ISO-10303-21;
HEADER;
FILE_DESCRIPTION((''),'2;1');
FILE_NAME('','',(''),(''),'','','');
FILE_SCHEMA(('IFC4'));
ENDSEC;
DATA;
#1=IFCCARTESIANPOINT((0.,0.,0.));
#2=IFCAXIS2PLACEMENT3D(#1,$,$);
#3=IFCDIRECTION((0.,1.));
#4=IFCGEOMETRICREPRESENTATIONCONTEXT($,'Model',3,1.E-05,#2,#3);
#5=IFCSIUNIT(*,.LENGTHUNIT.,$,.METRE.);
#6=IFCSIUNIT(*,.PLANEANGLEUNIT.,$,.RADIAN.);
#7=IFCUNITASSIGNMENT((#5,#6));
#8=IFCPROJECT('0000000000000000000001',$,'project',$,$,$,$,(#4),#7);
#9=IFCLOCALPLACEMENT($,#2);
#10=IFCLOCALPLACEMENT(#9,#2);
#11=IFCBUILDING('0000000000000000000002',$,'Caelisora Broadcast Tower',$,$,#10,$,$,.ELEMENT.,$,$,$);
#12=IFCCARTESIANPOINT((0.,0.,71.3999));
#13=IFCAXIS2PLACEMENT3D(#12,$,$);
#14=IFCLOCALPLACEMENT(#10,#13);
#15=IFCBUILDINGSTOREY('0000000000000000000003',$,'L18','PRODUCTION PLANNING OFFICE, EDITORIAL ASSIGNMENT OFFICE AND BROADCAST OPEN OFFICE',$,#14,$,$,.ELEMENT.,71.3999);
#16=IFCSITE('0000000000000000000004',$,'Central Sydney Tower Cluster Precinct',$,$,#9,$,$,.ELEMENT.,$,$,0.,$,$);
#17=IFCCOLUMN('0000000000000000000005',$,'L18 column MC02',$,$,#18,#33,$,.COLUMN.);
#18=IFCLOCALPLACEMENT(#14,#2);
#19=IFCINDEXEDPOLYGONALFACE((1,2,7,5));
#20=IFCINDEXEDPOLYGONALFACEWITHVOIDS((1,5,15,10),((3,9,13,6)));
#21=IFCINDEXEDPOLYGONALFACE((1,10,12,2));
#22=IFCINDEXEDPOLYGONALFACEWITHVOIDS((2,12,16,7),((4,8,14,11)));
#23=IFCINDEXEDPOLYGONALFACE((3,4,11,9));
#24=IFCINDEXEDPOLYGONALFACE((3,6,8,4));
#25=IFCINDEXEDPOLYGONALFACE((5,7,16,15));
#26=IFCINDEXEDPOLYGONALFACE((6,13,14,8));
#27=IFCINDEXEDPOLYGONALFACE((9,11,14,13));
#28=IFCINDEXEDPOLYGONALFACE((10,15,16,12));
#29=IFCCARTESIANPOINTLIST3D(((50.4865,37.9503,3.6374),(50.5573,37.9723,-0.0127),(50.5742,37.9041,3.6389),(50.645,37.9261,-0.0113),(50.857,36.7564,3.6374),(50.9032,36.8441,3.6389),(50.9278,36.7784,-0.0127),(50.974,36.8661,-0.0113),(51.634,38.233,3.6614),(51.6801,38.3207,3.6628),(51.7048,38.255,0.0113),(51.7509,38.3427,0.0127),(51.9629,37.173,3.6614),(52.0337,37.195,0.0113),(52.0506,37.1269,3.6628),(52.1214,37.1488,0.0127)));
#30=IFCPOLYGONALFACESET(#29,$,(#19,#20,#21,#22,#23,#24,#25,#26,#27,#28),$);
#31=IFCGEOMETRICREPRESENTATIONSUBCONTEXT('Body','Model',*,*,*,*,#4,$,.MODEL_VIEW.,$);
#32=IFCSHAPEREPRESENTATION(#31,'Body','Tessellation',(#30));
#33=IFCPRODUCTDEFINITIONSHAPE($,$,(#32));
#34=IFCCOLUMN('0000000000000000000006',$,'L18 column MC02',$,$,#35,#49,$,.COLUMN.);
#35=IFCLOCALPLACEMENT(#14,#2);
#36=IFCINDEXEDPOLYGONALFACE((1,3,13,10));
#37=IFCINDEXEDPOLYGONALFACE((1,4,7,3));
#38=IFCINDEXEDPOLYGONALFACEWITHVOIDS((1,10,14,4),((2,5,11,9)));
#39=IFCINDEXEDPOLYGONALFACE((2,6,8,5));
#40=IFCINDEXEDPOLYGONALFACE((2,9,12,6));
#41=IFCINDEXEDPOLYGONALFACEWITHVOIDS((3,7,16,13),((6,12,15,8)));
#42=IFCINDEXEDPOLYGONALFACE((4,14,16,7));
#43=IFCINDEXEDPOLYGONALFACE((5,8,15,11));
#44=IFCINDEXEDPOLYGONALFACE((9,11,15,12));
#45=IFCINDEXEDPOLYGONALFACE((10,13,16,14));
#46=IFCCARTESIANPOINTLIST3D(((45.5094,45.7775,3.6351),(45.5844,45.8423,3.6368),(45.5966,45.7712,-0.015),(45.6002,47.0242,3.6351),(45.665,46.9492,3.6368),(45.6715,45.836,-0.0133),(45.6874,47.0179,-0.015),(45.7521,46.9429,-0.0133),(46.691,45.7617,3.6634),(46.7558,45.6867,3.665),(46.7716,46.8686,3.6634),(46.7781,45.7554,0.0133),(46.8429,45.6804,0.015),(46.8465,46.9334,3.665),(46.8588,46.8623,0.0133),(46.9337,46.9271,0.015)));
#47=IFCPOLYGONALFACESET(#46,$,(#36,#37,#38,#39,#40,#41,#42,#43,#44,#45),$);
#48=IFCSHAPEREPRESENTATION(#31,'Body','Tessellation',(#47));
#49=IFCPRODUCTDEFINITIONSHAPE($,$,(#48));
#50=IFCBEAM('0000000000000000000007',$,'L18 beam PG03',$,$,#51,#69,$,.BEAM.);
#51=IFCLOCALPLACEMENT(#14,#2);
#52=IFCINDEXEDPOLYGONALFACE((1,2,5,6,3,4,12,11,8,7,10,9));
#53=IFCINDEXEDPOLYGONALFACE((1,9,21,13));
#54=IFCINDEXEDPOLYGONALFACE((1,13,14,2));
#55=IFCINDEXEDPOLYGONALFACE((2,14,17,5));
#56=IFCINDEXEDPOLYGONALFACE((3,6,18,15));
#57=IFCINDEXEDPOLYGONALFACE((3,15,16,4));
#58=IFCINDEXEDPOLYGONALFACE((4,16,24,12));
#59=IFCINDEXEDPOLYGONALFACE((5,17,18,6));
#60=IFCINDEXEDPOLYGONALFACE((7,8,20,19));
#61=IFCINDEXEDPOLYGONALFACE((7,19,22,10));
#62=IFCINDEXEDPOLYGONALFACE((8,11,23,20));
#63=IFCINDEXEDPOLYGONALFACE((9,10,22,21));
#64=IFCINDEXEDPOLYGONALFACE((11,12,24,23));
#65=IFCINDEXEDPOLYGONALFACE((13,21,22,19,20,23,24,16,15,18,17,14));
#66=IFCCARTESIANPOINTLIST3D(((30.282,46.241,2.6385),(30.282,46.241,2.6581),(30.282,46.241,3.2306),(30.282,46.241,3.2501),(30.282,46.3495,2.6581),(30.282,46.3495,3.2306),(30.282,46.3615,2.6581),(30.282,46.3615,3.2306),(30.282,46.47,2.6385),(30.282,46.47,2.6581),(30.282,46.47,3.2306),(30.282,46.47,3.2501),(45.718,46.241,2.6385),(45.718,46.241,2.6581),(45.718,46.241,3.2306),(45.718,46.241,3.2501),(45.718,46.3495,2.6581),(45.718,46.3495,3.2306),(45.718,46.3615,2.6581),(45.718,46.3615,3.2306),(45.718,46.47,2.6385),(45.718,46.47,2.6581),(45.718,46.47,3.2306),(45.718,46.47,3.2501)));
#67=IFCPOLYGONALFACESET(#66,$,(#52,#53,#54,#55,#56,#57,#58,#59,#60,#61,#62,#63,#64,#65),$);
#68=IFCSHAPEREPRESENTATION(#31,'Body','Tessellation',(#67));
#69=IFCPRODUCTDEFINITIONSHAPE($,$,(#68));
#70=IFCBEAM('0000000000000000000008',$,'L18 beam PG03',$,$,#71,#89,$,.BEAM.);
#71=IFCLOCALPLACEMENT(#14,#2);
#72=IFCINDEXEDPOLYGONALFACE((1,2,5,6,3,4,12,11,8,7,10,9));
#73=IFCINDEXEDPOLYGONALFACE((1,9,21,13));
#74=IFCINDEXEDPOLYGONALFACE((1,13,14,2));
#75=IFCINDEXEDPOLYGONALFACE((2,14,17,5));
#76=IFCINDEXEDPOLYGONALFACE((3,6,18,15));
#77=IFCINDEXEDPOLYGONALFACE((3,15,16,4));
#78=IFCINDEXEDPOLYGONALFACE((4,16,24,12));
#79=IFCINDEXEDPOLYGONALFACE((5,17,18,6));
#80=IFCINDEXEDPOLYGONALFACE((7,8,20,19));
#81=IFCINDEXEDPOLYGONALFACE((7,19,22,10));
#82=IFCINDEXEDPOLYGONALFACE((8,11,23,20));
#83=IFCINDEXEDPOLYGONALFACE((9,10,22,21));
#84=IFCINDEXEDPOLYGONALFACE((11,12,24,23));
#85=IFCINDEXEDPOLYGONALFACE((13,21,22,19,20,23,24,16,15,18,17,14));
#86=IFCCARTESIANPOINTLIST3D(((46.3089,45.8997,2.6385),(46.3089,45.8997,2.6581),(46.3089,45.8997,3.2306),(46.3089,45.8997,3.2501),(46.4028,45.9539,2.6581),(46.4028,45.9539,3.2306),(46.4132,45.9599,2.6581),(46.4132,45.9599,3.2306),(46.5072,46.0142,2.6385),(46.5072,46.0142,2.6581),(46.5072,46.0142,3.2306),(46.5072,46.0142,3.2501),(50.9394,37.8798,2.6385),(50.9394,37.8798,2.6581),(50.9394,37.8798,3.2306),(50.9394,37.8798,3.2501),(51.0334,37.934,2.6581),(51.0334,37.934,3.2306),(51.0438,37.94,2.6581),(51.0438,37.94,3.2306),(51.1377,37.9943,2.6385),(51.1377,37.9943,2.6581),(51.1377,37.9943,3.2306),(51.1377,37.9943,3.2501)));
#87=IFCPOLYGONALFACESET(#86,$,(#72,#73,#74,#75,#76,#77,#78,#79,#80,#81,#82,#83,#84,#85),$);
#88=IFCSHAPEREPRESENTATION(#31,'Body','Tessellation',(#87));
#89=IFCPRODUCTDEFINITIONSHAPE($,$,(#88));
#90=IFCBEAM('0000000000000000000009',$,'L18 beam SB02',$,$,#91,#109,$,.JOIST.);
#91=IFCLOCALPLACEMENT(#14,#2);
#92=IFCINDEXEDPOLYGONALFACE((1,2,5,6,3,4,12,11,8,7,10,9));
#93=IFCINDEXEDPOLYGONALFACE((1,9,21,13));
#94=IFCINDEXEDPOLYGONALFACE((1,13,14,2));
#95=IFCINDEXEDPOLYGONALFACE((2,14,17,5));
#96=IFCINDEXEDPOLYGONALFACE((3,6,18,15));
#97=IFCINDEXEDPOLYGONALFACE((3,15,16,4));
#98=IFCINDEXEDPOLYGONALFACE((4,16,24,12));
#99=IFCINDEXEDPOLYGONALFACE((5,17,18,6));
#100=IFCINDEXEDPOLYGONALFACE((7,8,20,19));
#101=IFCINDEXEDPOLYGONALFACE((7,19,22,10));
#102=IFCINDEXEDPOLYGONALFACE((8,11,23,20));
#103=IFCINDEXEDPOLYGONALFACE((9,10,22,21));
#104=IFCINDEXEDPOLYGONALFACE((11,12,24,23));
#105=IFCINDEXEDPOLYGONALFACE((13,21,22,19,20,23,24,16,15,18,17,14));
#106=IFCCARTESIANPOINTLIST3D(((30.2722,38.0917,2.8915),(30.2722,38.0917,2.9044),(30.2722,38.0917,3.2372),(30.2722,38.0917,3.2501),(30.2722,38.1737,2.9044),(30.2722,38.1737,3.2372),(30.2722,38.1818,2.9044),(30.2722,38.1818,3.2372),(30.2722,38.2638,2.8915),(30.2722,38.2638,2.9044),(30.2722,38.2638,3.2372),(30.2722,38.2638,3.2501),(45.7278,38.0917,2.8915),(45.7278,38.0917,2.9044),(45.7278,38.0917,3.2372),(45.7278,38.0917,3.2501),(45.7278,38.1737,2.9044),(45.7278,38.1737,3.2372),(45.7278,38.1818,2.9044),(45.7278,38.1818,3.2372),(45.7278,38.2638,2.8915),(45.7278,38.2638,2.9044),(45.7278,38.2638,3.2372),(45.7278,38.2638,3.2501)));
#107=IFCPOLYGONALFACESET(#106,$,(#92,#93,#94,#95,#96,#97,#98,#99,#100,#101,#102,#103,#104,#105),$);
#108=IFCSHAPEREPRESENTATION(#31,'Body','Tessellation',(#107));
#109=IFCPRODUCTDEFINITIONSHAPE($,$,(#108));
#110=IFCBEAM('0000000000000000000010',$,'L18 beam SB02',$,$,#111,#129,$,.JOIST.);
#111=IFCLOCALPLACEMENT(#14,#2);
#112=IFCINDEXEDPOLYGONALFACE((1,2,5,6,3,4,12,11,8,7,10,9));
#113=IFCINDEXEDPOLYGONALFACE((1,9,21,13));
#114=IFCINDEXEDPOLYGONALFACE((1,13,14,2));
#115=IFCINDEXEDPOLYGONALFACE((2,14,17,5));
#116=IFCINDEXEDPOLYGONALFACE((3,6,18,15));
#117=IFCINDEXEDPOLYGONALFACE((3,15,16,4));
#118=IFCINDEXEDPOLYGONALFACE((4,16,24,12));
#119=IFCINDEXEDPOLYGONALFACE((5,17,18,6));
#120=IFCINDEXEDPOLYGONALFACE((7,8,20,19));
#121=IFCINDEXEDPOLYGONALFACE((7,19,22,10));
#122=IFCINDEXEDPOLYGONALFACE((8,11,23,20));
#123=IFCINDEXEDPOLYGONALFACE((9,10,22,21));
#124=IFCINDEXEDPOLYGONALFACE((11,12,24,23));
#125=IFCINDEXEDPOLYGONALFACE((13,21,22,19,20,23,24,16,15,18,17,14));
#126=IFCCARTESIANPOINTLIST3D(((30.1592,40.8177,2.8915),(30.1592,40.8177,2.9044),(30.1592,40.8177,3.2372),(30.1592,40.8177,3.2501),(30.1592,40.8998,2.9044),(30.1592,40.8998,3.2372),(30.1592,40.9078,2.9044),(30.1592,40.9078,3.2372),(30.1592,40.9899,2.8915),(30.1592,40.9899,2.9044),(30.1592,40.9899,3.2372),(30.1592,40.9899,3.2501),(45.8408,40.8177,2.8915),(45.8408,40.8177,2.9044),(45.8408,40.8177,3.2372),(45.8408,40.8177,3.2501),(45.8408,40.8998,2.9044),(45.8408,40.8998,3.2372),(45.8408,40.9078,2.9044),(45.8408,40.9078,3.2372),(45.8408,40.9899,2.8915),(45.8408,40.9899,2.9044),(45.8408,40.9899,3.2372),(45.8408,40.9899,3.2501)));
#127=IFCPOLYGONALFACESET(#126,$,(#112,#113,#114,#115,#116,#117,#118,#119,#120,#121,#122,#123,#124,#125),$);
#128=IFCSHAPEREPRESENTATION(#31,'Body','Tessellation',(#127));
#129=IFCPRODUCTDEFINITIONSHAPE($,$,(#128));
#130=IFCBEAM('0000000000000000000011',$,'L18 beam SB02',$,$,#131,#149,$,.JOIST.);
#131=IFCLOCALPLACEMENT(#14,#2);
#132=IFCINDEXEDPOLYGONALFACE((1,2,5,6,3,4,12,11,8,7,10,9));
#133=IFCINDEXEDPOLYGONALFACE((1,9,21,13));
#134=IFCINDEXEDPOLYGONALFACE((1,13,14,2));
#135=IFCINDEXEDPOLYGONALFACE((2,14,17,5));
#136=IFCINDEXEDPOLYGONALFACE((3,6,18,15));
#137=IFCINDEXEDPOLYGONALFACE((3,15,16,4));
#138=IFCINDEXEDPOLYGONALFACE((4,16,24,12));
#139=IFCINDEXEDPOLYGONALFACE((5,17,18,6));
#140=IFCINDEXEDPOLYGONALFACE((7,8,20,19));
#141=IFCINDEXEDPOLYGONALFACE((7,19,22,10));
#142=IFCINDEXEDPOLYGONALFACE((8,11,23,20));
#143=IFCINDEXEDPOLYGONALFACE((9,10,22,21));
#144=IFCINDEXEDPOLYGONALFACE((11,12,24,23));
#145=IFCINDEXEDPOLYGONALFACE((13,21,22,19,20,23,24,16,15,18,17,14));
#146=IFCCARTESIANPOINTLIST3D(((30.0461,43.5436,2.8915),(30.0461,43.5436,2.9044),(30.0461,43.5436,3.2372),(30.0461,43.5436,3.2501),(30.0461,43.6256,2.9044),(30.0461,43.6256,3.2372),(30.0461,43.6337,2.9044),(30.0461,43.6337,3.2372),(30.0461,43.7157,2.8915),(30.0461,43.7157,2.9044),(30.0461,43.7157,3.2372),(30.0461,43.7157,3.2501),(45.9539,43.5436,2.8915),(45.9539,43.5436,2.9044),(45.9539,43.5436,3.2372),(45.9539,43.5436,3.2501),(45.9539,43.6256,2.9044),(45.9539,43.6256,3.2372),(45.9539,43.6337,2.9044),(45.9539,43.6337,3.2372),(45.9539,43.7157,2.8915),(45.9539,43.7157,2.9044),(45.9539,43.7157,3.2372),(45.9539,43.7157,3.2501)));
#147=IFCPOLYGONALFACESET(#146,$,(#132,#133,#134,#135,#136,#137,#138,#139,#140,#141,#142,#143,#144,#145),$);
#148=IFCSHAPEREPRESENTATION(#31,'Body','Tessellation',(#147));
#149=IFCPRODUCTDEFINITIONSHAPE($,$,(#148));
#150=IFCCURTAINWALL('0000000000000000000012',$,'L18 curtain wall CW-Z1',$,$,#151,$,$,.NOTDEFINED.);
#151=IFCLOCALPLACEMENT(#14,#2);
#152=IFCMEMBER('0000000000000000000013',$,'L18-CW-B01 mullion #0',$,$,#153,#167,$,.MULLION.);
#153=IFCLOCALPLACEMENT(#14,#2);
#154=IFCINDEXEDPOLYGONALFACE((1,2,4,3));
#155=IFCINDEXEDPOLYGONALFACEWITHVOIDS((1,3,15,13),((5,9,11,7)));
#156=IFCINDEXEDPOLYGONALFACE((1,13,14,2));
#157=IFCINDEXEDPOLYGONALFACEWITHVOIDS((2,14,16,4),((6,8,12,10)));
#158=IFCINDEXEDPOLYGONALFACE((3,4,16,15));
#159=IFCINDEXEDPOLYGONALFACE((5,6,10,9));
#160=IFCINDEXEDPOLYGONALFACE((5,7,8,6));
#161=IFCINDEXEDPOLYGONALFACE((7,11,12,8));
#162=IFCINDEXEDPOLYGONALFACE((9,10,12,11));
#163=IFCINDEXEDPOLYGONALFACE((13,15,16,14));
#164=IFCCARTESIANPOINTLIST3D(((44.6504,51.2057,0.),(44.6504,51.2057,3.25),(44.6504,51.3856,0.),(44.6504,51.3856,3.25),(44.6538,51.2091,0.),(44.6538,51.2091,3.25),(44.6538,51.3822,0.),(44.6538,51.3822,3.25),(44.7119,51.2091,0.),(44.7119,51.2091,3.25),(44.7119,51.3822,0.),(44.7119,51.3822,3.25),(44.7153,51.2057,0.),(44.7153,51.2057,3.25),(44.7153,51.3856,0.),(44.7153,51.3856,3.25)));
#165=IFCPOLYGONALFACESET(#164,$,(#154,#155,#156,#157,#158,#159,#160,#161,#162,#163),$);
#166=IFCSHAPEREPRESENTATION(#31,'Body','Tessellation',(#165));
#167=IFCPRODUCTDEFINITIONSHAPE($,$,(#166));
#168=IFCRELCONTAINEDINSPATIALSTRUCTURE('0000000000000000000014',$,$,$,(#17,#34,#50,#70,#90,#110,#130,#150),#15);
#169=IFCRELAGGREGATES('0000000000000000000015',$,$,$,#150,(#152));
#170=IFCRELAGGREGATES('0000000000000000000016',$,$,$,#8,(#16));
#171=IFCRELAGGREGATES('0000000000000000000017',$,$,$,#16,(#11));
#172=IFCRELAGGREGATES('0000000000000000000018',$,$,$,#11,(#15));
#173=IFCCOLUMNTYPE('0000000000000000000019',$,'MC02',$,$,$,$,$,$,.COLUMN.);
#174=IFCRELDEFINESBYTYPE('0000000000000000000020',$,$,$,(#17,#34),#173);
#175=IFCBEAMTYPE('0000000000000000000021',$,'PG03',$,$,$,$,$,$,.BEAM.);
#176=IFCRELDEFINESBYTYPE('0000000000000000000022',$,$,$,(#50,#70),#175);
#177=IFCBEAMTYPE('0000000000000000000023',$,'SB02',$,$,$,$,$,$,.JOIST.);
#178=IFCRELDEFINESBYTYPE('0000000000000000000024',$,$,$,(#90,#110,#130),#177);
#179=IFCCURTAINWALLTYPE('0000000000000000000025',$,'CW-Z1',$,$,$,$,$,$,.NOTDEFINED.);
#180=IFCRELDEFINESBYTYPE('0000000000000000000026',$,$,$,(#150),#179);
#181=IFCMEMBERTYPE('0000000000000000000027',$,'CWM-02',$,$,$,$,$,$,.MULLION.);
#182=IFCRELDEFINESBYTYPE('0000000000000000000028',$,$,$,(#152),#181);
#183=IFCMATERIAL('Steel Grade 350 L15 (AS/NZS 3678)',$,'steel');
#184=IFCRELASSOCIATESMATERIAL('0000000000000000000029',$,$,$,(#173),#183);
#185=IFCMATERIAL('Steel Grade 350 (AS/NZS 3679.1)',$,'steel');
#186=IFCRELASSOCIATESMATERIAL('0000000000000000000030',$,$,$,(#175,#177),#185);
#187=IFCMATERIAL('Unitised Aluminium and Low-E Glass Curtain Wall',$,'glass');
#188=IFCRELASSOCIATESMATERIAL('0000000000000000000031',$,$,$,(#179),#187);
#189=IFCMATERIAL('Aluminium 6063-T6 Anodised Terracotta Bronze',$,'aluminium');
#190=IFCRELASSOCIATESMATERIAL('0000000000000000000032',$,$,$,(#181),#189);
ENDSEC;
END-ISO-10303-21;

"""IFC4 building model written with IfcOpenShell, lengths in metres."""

from ifc_helpers import new_model, si_unit, direction, frame, origin, origin_2d, place, context, subcontext, project, spatial, hollow_rectangle, i_section, extrude, source, transform, mapped, material, material_profile, profile_set, type_object, type_shapes, element, aggregate, save


model = new_model("IFC4")

# Units and contexts
model_context = context("Model", 3, precision=1e-05, world=origin(), true_north=direction((0.0, 1.0)))
body_context = subcontext(model_context, "Body", "Model", "MODEL_VIEW")
ifc_project = project(units=[si_unit("LENGTHUNIT", "METRE"), si_unit("PLANEANGLEUNIT", "RADIAN")], contexts=[model_context])

# Site, building, storey
site_placement = place(None, origin())
site = spatial("IfcSite", under=ifc_project, at=site_placement, Name="Central Sydney Tower Cluster Precinct", CompositionType="ELEMENT", RefElevation=0.0)
building_placement = place(site_placement, origin())
building = spatial("IfcBuilding", under=site, at=building_placement, Name="Caelisora Broadcast Tower", CompositionType="ELEMENT")
storey_placement = place(building_placement, frame((0.0, 0.0, 71.3999)))
storey = spatial("IfcBuildingStorey", under=building, at=storey_placement, Name="L18", Description="PRODUCTION PLANNING OFFICE, EDITORIAL ASSIGNMENT OFFICE AND BROADCAST OPEN OFFICE", CompositionType="ELEMENT", Elevation=71.3999)

# Columns
ifc_material_1 = material(Name="Steel Grade 350 L15 (AS/NZS 3678)", Category="steel")
ifc_material_profile_1 = material_profile(ifc_material_1, hollow_rectangle(XDim=1.25, YDim=1.25, WallThickness=0.0701, at=origin_2d()), Name="Steel Grade 350 L15 (AS/NZS 3678)")
ifc_profile_set_1 = profile_set([ifc_material_profile_1], Name="Steel Grade 350 L15 (AS/NZS 3678)")
column_type = type_object("IfcColumnType", Name="MC02", PredefinedType="COLUMN", material=ifc_profile_set_1)
shared_shape_1 = source(origin(), body_context, "Body", "SweptSolid", [
    extrude(hollow_rectangle(XDim=1.25, YDim=1.25, WallThickness=0.0701, at=origin_2d()), origin(), (0.0, 0.0, 1.0), 3.6509),
])
column_1_placement = place(storey_placement, frame((51.3394, 37.5605, 0.0), z_axis=(-0.019393, -0.006018, 0.999794), x_axis=(0.296399, -0.955064, 0.0)))
element("IfcColumn", 1, at=column_1_placement, inside=storey, type_object=column_type, Name="L18 column MC02", PredefinedType="COLUMN", context=body_context, shape_type="MappedRepresentation", body=[
    mapped(shared_shape_1, transform((0.0, 0.0, 0.0), scale=1.0)),
])
shared_shape_2 = source(origin(), body_context, "Body", "SweptSolid", [
    extrude(hollow_rectangle(XDim=1.25, YDim=1.25, WallThickness=0.0701, at=origin_2d()), origin(), (0.0, 0.0, 1.0), 3.6511),
])
type_shapes(column_type, [shared_shape_1, shared_shape_2])
column_2_placement = place(storey_placement, frame((46.2651, 46.3491, 0.0), z_axis=(-0.023871, 0.001739, 0.999714), x_axis=(-0.072637, -0.997358, 0.0)))
element("IfcColumn", 2, at=column_2_placement, inside=storey, type_object=column_type, Name="L18 column MC02", PredefinedType="COLUMN", context=body_context, shape_type="MappedRepresentation", body=[
    mapped(shared_shape_2, transform((0.0, 0.0, 0.0), scale=1.0)),
])

# Beams
ifc_material_2 = material(Name="Steel Grade 350 (AS/NZS 3679.1)", Category="steel")
ifc_material_profile_2 = material_profile(ifc_material_2, i_section(OverallWidth=0.229, OverallDepth=0.6116, WebThickness=0.012, FlangeThickness=0.0195, at=origin_2d()), Name="Steel Grade 350 (AS/NZS 3679.1)")
ifc_profile_set_2 = profile_set([ifc_material_profile_2], Name="Steel Grade 350 (AS/NZS 3679.1)")
beam_type_1 = type_object("IfcBeamType", Name="PG03", PredefinedType="BEAM", material=ifc_profile_set_2)
shared_shape_3 = source(origin(), body_context, "Body", "SweptSolid", [
    extrude(i_section(OverallWidth=0.229, OverallDepth=0.6116, WebThickness=0.012, FlangeThickness=0.0195, at=origin_2d()), origin(), (0.0, 0.0, 1.0), 15.436),
])
beam_1_placement = place(storey_placement, frame((45.718, 46.3555, 2.9443), z_axis=(-1.0, 0.0, 0.0), x_axis=(0.0, -1.0, 0.0)))
element("IfcBeam", 3, at=beam_1_placement, inside=storey, type_object=beam_type_1, Name="L18 beam PG03", PredefinedType="BEAM", context=body_context, shape_type="MappedRepresentation", body=[
    mapped(shared_shape_3, transform((0.0, 0.0, 0.0), scale=1.0)),
])
shared_shape_4 = source(origin(), body_context, "Body", "SweptSolid", [
    extrude(i_section(OverallWidth=0.229, OverallDepth=0.6116, WebThickness=0.012, FlangeThickness=0.0195, at=origin_2d()), origin(), (0.0, 0.0, 1.0), 9.2607),
])
type_shapes(beam_type_1, [shared_shape_3, shared_shape_4])
beam_2_placement = place(storey_placement, frame((51.0386, 37.937, 2.9443), z_axis=(-0.500021, 0.866013, 0.0), x_axis=(-0.866013, -0.500021, 0.0)))
element("IfcBeam", 4, at=beam_2_placement, inside=storey, type_object=beam_type_1, Name="L18 beam PG03", PredefinedType="BEAM", context=body_context, shape_type="MappedRepresentation", body=[
    mapped(shared_shape_4, transform((0.0, 0.0, 0.0), scale=1.0)),
])
ifc_material_profile_3 = material_profile(ifc_material_2, i_section(OverallWidth=0.1721, OverallDepth=0.3586, WebThickness=0.0081, FlangeThickness=0.0129, at=origin_2d()), Name="Steel Grade 350 (AS/NZS 3679.1)")
ifc_profile_set_3 = profile_set([ifc_material_profile_3], Name="Steel Grade 350 (AS/NZS 3679.1)")
beam_type_2 = type_object("IfcBeamType", Name="SB02", PredefinedType="JOIST", material=ifc_profile_set_3)
shared_shape_5 = source(origin(), body_context, "Body", "SweptSolid", [
    extrude(i_section(OverallWidth=0.1721, OverallDepth=0.3586, WebThickness=0.0081, FlangeThickness=0.0129, at=origin_2d()), origin(), (0.0, 0.0, 1.0), 15.4556),
])
beam_3_placement = place(storey_placement, frame((45.7278, 38.1777, 3.0708), z_axis=(-1.0, 0.0, 0.0), x_axis=(0.0, -1.0, 0.0)))
element("IfcBeam", 5, at=beam_3_placement, inside=storey, type_object=beam_type_2, Name="L18 beam SB02", PredefinedType="JOIST", context=body_context, shape_type="MappedRepresentation", body=[
    mapped(shared_shape_5, transform((0.0, 0.0, 0.0), scale=1.0)),
])
shared_shape_6 = source(origin(), body_context, "Body", "SweptSolid", [
    extrude(i_section(OverallWidth=0.1721, OverallDepth=0.3586, WebThickness=0.0081, FlangeThickness=0.0129, at=origin_2d()), origin(), (0.0, 0.0, 1.0), 15.6816),
])
beam_4_placement = place(storey_placement, frame((45.8408, 40.9038, 3.0708), z_axis=(-1.0, 0.0, 0.0), x_axis=(0.0, -1.0, 0.0)))
element("IfcBeam", 6, at=beam_4_placement, inside=storey, type_object=beam_type_2, Name="L18 beam SB02", PredefinedType="JOIST", context=body_context, shape_type="MappedRepresentation", body=[
    mapped(shared_shape_6, transform((0.0, 0.0, 0.0), scale=1.0)),
])
shared_shape_7 = source(origin(), body_context, "Body", "SweptSolid", [
    extrude(i_section(OverallWidth=0.1721, OverallDepth=0.3586, WebThickness=0.0081, FlangeThickness=0.0129, at=origin_2d()), origin(), (0.0, 0.0, 1.0), 15.9077),
])
type_shapes(beam_type_2, [shared_shape_5, shared_shape_6, shared_shape_7])
beam_5_placement = place(storey_placement, frame((45.9539, 43.6296, 3.0708), z_axis=(-1.0, 0.0, 0.0), x_axis=(0.0, -1.0, 0.0)))
element("IfcBeam", 7, at=beam_5_placement, inside=storey, type_object=beam_type_2, Name="L18 beam SB02", PredefinedType="JOIST", context=body_context, shape_type="MappedRepresentation", body=[
    mapped(shared_shape_7, transform((0.0, 0.0, 0.0), scale=1.0)),
])

# Curtain wall, member
ifc_material_3 = material(Name="Unitised Aluminium and Low-E Glass Curtain Wall", Category="glass")
curtain_wall_type_1 = type_object("IfcCurtainWallType", Name="CW-Z1", PredefinedType="NOTDEFINED", material=ifc_material_3)
curtain_wall_1_placement = place(storey_placement, origin())
curtain_wall_1 = element("IfcCurtainWall", 8, at=curtain_wall_1_placement, inside=storey, type_object=curtain_wall_type_1, Name="L18 curtain wall CW-Z1", PredefinedType="NOTDEFINED")
ifc_material_4 = material(Name="Aluminium 6063-T6 Anodised Terracotta Bronze", Category="aluminium")
ifc_material_profile_4 = material_profile(ifc_material_4, hollow_rectangle(XDim=0.0649, YDim=0.1799, WallThickness=0.0034, at=origin_2d()), Name="Aluminium 6063-T6 Anodised Terracotta Bronze")
ifc_profile_set_4 = profile_set([ifc_material_profile_4], Name="Aluminium 6063-T6 Anodised Terracotta Bronze")
member_type_1 = type_object("IfcMemberType", Name="CWM-02", PredefinedType="MULLION", material=ifc_profile_set_4)
shared_shape_8 = source(origin(), body_context, "Body", "SweptSolid", [
    extrude(hollow_rectangle(XDim=0.0649, YDim=0.1799, WallThickness=0.0034, at=origin_2d()), origin(), (0.0, 0.0, 1.0), 3.25),
])
type_shapes(member_type_1, [shared_shape_8])
member_1_placement = place(storey_placement, frame((44.6829, 51.2957, 0.0), z_axis=(0.0, 0.0, 1.0), x_axis=(1.0, 0.0, 0.0)))
member_1 = element("IfcMember", 9, at=member_1_placement, type_object=member_type_1, Name="L18-CW-B01 mullion #0", PredefinedType="MULLION", context=body_context, shape_type="MappedRepresentation", body=[
    mapped(shared_shape_8, transform((0.0, 0.0, 0.0), scale=1.0)),
])

aggregate(curtain_wall_1, [member_1])

save(model, "model.ifc")
